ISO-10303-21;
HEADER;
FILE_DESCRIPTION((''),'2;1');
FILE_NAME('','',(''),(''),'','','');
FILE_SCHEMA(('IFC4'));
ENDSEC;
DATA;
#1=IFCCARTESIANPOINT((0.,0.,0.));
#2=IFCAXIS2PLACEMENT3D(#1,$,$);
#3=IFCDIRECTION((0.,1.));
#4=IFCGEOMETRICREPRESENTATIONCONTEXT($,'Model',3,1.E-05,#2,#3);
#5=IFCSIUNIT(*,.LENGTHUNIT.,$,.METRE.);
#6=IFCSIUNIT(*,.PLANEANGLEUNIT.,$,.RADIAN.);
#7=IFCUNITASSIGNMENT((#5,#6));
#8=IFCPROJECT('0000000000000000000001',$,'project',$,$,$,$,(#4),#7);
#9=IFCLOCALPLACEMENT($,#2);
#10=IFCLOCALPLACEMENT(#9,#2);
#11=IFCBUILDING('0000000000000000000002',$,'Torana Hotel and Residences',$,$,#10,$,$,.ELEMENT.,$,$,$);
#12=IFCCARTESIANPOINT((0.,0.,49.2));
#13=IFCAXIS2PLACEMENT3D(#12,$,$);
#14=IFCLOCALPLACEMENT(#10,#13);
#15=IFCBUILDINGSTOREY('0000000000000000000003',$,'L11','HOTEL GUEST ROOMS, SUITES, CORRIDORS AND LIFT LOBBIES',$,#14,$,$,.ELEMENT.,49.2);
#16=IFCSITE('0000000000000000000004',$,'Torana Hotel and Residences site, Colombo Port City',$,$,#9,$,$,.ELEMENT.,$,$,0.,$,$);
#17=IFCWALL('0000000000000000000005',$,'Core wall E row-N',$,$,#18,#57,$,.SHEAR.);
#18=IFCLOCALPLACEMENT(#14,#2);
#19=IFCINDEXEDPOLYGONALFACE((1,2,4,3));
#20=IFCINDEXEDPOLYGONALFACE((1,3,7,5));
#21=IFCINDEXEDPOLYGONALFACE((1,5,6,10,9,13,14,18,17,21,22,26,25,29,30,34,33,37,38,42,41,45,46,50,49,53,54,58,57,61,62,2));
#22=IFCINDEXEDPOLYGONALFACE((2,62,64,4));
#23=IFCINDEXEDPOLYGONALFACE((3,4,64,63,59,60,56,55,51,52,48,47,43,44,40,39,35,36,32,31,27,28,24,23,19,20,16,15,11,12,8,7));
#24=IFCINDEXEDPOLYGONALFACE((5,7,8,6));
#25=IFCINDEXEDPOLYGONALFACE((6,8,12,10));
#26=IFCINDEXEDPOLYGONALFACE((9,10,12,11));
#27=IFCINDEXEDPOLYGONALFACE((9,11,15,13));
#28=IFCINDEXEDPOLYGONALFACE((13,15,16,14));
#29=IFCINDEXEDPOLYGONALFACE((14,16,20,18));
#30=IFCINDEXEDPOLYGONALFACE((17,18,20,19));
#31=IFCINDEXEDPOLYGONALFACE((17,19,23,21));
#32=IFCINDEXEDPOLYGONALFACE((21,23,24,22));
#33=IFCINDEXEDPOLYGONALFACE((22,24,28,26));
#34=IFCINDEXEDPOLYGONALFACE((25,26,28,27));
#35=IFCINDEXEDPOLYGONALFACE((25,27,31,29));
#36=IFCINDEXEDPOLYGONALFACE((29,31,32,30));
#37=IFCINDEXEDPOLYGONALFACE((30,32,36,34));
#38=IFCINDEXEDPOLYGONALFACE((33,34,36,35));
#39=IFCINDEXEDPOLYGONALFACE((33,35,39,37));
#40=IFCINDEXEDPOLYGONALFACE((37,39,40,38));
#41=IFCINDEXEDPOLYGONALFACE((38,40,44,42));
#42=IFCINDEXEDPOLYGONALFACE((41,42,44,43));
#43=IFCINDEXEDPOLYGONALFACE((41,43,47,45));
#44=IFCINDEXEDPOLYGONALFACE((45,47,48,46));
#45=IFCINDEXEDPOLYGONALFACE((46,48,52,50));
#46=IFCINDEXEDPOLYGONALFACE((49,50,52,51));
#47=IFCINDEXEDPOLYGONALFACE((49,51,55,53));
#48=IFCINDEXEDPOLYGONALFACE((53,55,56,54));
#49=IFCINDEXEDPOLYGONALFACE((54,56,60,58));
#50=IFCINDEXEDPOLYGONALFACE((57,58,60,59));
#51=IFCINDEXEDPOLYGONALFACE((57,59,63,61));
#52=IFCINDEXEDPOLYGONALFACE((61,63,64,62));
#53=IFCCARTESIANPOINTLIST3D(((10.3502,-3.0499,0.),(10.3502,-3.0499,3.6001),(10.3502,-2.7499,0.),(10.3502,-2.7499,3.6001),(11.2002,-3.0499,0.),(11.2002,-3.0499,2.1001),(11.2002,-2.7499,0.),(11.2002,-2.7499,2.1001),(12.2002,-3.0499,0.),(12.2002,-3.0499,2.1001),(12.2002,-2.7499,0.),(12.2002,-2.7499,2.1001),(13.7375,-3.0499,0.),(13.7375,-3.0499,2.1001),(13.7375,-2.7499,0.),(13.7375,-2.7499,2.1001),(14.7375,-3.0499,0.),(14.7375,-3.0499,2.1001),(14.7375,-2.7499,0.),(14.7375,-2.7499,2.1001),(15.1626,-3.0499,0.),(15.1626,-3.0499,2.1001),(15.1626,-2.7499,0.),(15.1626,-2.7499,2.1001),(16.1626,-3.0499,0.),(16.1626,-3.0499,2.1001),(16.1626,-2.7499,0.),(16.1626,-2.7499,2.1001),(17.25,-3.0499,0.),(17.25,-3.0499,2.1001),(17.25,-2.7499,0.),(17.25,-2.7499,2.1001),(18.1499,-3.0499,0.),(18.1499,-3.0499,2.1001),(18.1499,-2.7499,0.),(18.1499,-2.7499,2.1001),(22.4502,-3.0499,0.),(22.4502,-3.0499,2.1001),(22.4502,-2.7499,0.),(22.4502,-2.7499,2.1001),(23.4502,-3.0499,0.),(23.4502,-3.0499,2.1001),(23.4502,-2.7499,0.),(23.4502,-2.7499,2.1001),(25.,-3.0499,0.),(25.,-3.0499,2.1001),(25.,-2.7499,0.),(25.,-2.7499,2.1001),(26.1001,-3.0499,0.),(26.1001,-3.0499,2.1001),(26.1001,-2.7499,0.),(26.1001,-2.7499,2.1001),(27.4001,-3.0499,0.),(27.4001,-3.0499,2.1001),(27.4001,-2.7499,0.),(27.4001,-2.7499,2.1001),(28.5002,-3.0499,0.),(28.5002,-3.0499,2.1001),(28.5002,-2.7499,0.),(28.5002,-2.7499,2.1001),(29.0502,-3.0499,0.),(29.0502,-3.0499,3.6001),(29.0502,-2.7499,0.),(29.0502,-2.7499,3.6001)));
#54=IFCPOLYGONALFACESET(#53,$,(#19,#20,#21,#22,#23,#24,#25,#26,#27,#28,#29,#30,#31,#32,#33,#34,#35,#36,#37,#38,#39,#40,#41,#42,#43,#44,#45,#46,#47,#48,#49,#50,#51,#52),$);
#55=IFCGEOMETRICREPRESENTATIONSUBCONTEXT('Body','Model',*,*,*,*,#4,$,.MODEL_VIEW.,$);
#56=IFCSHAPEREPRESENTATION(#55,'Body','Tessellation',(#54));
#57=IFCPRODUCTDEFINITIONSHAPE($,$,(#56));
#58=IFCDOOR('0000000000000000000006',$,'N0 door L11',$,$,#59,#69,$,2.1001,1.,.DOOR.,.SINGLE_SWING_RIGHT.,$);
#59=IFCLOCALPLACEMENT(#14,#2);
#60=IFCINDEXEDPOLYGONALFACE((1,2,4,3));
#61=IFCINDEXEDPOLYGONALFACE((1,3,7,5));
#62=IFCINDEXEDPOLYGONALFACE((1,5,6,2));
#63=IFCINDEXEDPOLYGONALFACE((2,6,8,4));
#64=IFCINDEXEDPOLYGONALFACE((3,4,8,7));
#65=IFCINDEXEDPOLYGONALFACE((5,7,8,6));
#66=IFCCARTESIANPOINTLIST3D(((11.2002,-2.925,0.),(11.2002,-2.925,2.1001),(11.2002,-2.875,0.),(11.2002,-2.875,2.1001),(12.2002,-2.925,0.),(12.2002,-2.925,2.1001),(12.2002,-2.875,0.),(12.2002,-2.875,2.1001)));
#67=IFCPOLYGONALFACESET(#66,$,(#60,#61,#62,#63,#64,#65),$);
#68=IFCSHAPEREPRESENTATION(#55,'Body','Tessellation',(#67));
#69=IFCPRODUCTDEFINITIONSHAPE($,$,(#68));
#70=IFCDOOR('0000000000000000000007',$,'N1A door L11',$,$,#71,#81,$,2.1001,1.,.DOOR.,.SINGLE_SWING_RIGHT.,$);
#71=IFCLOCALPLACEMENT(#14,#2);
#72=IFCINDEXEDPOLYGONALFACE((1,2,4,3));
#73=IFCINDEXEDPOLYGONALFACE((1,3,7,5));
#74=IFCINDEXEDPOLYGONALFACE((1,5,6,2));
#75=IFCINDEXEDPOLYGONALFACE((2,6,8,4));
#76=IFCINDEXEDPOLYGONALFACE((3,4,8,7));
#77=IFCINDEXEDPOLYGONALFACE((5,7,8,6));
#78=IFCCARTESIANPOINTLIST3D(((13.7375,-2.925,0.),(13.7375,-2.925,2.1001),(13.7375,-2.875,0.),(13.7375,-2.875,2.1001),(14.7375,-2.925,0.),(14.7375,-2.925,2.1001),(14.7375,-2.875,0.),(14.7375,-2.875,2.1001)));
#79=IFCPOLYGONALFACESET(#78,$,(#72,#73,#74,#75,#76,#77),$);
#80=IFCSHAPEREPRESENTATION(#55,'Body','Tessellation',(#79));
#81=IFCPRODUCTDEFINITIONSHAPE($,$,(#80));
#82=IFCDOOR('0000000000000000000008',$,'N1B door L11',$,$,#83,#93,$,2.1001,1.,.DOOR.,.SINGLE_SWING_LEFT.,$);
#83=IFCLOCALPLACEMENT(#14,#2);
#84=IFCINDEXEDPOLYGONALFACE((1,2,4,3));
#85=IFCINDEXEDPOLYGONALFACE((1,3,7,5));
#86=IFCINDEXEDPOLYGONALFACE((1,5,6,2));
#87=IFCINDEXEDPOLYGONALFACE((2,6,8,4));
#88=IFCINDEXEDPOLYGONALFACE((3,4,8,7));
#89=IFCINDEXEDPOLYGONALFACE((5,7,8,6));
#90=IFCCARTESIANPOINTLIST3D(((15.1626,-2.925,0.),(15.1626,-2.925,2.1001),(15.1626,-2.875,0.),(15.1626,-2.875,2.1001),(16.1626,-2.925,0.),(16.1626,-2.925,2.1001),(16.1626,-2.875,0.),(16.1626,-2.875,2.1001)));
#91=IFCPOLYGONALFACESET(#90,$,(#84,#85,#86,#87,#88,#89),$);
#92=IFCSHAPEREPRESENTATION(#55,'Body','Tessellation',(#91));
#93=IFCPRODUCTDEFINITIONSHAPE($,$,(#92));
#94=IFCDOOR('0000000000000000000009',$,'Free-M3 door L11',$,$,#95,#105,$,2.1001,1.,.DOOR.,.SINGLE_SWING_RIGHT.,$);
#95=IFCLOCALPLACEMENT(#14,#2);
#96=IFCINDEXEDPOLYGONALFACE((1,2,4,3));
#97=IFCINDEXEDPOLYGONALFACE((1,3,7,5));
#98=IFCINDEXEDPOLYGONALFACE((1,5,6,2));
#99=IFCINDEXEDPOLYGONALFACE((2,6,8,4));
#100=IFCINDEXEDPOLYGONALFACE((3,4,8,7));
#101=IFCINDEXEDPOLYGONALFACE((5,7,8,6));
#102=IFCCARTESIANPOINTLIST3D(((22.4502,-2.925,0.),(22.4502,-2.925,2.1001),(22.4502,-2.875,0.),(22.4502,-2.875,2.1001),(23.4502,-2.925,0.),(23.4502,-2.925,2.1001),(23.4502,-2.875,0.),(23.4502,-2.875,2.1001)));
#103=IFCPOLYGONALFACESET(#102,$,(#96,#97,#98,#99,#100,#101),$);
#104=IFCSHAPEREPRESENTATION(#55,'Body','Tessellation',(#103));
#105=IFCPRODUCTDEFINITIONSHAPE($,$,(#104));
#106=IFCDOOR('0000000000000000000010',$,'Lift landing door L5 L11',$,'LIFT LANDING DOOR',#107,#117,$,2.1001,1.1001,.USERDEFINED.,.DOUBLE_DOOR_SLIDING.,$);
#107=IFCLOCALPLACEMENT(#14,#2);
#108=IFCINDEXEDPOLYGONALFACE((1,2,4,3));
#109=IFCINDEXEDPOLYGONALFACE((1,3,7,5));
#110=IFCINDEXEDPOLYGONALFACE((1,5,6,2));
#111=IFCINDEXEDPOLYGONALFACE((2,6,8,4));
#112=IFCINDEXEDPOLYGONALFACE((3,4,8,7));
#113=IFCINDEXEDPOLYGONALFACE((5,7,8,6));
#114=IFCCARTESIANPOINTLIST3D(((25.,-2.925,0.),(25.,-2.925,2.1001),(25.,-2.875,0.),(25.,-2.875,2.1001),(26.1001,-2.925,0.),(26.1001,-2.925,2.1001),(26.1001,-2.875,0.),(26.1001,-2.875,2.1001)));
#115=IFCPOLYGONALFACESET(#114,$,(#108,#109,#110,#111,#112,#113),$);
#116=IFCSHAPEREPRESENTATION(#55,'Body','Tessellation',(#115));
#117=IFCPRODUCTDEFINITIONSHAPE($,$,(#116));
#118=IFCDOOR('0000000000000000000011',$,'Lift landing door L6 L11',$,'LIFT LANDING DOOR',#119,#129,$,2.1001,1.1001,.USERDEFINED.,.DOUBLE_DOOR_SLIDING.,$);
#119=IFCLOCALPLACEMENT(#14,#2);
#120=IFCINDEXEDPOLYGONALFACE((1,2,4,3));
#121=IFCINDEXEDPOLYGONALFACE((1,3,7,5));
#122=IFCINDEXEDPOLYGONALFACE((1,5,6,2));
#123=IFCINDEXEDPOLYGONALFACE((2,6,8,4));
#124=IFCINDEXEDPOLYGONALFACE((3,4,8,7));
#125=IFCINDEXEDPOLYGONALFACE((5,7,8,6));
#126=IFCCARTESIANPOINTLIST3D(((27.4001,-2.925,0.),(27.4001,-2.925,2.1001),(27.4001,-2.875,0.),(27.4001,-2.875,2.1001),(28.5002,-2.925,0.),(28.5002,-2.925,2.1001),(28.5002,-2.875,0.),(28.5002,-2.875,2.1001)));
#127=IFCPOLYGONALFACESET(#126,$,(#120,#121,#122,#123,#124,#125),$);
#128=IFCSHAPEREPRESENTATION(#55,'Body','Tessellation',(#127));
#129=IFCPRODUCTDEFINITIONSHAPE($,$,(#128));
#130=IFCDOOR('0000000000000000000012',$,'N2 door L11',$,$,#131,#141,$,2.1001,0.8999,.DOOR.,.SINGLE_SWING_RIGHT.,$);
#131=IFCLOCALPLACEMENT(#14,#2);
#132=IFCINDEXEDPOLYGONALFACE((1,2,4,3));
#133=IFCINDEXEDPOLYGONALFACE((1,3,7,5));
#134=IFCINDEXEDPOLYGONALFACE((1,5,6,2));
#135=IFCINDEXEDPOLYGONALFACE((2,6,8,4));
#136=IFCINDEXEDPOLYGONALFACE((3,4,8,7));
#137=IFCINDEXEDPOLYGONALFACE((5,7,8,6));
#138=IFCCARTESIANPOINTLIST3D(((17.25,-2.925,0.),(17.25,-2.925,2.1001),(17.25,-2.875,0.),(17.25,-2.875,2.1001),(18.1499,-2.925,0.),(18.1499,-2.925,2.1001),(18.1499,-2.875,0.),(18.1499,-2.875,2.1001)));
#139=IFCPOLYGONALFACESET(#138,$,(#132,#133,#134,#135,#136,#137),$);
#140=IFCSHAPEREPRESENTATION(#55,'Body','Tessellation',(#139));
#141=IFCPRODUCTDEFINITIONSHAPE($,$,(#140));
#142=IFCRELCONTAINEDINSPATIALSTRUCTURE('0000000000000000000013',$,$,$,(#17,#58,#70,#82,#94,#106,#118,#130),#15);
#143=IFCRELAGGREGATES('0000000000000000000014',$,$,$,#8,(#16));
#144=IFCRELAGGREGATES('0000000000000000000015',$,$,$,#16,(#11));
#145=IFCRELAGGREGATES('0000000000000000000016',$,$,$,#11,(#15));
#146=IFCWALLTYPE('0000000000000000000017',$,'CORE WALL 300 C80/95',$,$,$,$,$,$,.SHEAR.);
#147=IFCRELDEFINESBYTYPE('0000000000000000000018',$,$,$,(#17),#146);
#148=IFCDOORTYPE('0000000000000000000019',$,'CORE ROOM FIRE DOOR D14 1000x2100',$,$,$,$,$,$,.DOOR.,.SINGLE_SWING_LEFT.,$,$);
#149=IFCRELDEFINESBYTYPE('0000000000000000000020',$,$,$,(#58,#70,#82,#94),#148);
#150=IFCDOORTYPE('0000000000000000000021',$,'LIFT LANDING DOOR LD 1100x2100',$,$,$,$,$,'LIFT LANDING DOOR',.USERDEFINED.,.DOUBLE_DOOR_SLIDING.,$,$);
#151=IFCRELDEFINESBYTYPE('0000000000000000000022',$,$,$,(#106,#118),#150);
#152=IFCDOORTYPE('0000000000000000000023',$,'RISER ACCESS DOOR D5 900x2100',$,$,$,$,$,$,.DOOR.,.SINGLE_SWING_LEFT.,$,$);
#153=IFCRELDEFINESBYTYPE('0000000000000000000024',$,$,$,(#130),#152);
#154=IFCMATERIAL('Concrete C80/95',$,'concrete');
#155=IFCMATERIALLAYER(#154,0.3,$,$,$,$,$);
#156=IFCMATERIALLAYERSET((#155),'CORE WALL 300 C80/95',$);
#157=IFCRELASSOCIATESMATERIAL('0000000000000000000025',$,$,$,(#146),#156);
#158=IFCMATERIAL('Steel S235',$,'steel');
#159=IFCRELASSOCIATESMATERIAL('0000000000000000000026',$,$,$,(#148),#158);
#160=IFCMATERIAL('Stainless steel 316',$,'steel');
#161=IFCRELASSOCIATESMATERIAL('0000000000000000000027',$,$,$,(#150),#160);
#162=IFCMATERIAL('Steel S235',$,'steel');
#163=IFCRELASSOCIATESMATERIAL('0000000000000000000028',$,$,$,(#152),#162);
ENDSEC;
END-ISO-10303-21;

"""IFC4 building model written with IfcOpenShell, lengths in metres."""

from ifc_helpers import new_model, si_unit, direction, frame, frame_2d, origin, place, context, subcontext, project, spatial, rectangle, extrude, material, layer, layer_set, type_object, element, fill, save


model = new_model("IFC4")

# Units and contexts
model_context = context("Model", 3, precision=1e-05, world=origin(), true_north=direction((0.0, 1.0)))
body_context = subcontext(model_context, "Body", "Model", "MODEL_VIEW")
ifc_project = project(units=[si_unit("LENGTHUNIT", "METRE"), si_unit("PLANEANGLEUNIT", "RADIAN")], contexts=[model_context])

# Site, building, storey
site_placement = place(None, origin())
site = spatial("IfcSite", under=ifc_project, at=site_placement, Name="Torana Hotel and Residences site, Colombo Port City", CompositionType="ELEMENT", RefElevation=0.0)
building_placement = place(site_placement, origin())
building = spatial("IfcBuilding", under=site, at=building_placement, Name="Torana Hotel and Residences", CompositionType="ELEMENT")
storey_placement = place(building_placement, frame((0.0, 0.0, 49.2)))
storey = spatial("IfcBuildingStorey", under=building, at=storey_placement, Name="L11", Description="HOTEL GUEST ROOMS, SUITES, CORRIDORS AND LIFT LOBBIES", CompositionType="ELEMENT", Elevation=49.2)

# Wall, openings, doors
ifc_material_1 = material(Name="Concrete C80/95", Category="concrete")
ifc_layer_1 = layer(ifc_material_1, 0.3)
ifc_layer_set_1 = layer_set([ifc_layer_1], Name="CORE WALL 300 C80/95")
wall_type_1 = type_object("IfcWallType", Name="CORE WALL 300 C80/95", PredefinedType="SHEAR", material=ifc_layer_set_1)
wall_1_placement = place(storey_placement, frame((10.3501, -2.8999, 0.0), z_axis=(0.0, 0.0, 1.0), x_axis=(1.0, 0.0, 0.0)))
wall_1 = element("IfcWall", 1, at=wall_1_placement, inside=storey, type_object=wall_type_1, Name="Core wall E row-N", PredefinedType="SHEAR", context=body_context, shape_type="SweptSolid", body=[
    extrude(rectangle(XDim=18.7, YDim=0.3, at=frame_2d((9.3501, 0.0))), origin(), (0.0, 0.0, 1.0), 3.6001),
])
opening_1_placement = place(wall_1_placement, frame((14.6499, 0.0, 0.0)))
opening_1 = element("IfcOpeningElement", 2, at=opening_1_placement, cuts=wall_1, PredefinedType="OPENING", context=body_context, shape_type="SweptSolid", body=[
    extrude(rectangle(XDim=1.1001, YDim=2.1001, at=frame_2d((0.55, 1.05))), frame((0.0, 0.1599, 0.0), z_axis=(0.0, -1.0, 0.0), x_axis=(1.0, 0.0, 0.0)), (0.0, 0.0, 1.0), 0.3201),
])
opening_2_placement = place(wall_1_placement, frame((17.05, 0.0, 0.0)))
opening_2 = element("IfcOpeningElement", 3, at=opening_2_placement, cuts=wall_1, PredefinedType="OPENING", context=body_context, shape_type="SweptSolid", body=[
    extrude(rectangle(XDim=1.1001, YDim=2.1001, at=frame_2d((0.55, 1.05))), frame((0.0, 0.1599, 0.0), z_axis=(0.0, -1.0, 0.0), x_axis=(1.0, 0.0, 0.0)), (0.0, 0.0, 1.0), 0.3201),
])
opening_3_placement = place(wall_1_placement, frame((6.8999, 0.0, 0.0)))
opening_3 = element("IfcOpeningElement", 4, at=opening_3_placement, cuts=wall_1, PredefinedType="OPENING", context=body_context, shape_type="SweptSolid", body=[
    extrude(rectangle(XDim=0.8999, YDim=2.1001, at=frame_2d((0.45, 1.05))), frame((0.0, 0.1599, 0.0), z_axis=(0.0, -1.0, 0.0), x_axis=(1.0, 0.0, 0.0)), (0.0, 0.0, 1.0), 0.3201),
])
opening_4_placement = place(wall_1_placement, frame((0.8501, 0.0, 0.0)))
opening_4 = element("IfcOpeningElement", 5, at=opening_4_placement, cuts=wall_1, PredefinedType="OPENING", context=body_context, shape_type="SweptSolid", body=[
    extrude(rectangle(XDim=1.0, YDim=2.1001, at=frame_2d((0.5, 1.05))), frame((0.0, 0.1599, 0.0), z_axis=(0.0, -1.0, 0.0), x_axis=(1.0, 0.0, 0.0)), (0.0, 0.0, 1.0), 0.3201),
])
opening_5_placement = place(wall_1_placement, frame((3.3875, 0.0, 0.0)))
opening_5 = element("IfcOpeningElement", 6, at=opening_5_placement, cuts=wall_1, PredefinedType="OPENING", context=body_context, shape_type="SweptSolid", body=[
    extrude(rectangle(XDim=1.0, YDim=2.1001, at=frame_2d((0.5, 1.05))), frame((0.0, 0.1599, 0.0), z_axis=(0.0, -1.0, 0.0), x_axis=(1.0, 0.0, 0.0)), (0.0, 0.0, 1.0), 0.3201),
])
opening_6_placement = place(wall_1_placement, frame((4.8125, 0.0, 0.0)))
opening_6 = element("IfcOpeningElement", 7, at=opening_6_placement, cuts=wall_1, PredefinedType="OPENING", context=body_context, shape_type="SweptSolid", body=[
    extrude(rectangle(XDim=1.0, YDim=2.1001, at=frame_2d((0.5, 1.05))), frame((0.0, 0.1599, 0.0), z_axis=(0.0, -1.0, 0.0), x_axis=(1.0, 0.0, 0.0)), (0.0, 0.0, 1.0), 0.3201),
])
opening_7_placement = place(wall_1_placement, frame((12.1001, 0.0, 0.0)))
opening_7 = element("IfcOpeningElement", 8, at=opening_7_placement, cuts=wall_1, PredefinedType="OPENING", context=body_context, shape_type="SweptSolid", body=[
    extrude(rectangle(XDim=1.0, YDim=2.1001, at=frame_2d((0.5, 1.05))), frame((0.0, 0.1599, 0.0), z_axis=(0.0, -1.0, 0.0), x_axis=(1.0, 0.0, 0.0)), (0.0, 0.0, 1.0), 0.3201),
])
ifc_material_2 = material(Name="Steel S235", Category="steel")
door_type_1 = type_object("IfcDoorType", Name="CORE ROOM FIRE DOOR D14 1000x2100", OperationType="SINGLE_SWING_LEFT", PredefinedType="DOOR", material=ifc_material_2)
door_1_placement = place(opening_4_placement, origin())
door_1 = element("IfcDoor", 9, at=door_1_placement, inside=storey, type_object=door_type_1, Name="N0 door L11", OperationType="SINGLE_SWING_RIGHT", OverallHeight=2.1001, OverallWidth=1.0, PredefinedType="DOOR", context=body_context, shape_type="SweptSolid", body=[
    extrude(rectangle(XDim=1.0, YDim=2.1001, at=frame_2d((0.5, 1.05))), frame((0.0, 0.0249, 0.0), z_axis=(0.0, -1.0, 0.0), x_axis=(1.0, 0.0, 0.0)), (0.0, 0.0, 1.0), 0.05),
])
fill(opening_4, door_1)
door_2_placement = place(opening_5_placement, origin())
door_2 = element("IfcDoor", 10, at=door_2_placement, inside=storey, type_object=door_type_1, Name="N1A door L11", OperationType="SINGLE_SWING_RIGHT", OverallHeight=2.1001, OverallWidth=1.0, PredefinedType="DOOR", context=body_context, shape_type="SweptSolid", body=[
    extrude(rectangle(XDim=1.0, YDim=2.1001, at=frame_2d((0.5, 1.05))), frame((0.0, 0.0249, 0.0), z_axis=(0.0, -1.0, 0.0), x_axis=(1.0, 0.0, 0.0)), (0.0, 0.0, 1.0), 0.05),
])
fill(opening_5, door_2)
door_3_placement = place(opening_6_placement, origin())
door_3 = element("IfcDoor", 11, at=door_3_placement, inside=storey, type_object=door_type_1, Name="N1B door L11", OperationType="SINGLE_SWING_LEFT", OverallHeight=2.1001, OverallWidth=1.0, PredefinedType="DOOR", context=body_context, shape_type="SweptSolid", body=[
    extrude(rectangle(XDim=1.0, YDim=2.1001, at=frame_2d((0.5, 1.05))), frame((0.0, 0.0249, 0.0), z_axis=(0.0, -1.0, 0.0), x_axis=(1.0, 0.0, 0.0)), (0.0, 0.0, 1.0), 0.05),
])
fill(opening_6, door_3)
door_4_placement = place(opening_7_placement, origin())
door_4 = element("IfcDoor", 12, at=door_4_placement, inside=storey, type_object=door_type_1, Name="Free-M3 door L11", OperationType="SINGLE_SWING_RIGHT", OverallHeight=2.1001, OverallWidth=1.0, PredefinedType="DOOR", context=body_context, shape_type="SweptSolid", body=[
    extrude(rectangle(XDim=1.0, YDim=2.1001, at=frame_2d((0.5, 1.05))), frame((0.0, 0.0249, 0.0), z_axis=(0.0, -1.0, 0.0), x_axis=(1.0, 0.0, 0.0)), (0.0, 0.0, 1.0), 0.05),
])
fill(opening_7, door_4)
ifc_material_3 = material(Name="Stainless steel 316", Category="steel")
door_type_2 = type_object("IfcDoorType", Name="LIFT LANDING DOOR LD 1100x2100", ElementType="LIFT LANDING DOOR", OperationType="DOUBLE_DOOR_SLIDING", PredefinedType="USERDEFINED", material=ifc_material_3)
door_5_placement = place(opening_1_placement, origin())
door_5 = element("IfcDoor", 13, at=door_5_placement, inside=storey, type_object=door_type_2, Name="Lift landing door L5 L11", ObjectType="LIFT LANDING DOOR", OperationType="DOUBLE_DOOR_SLIDING", OverallHeight=2.1001, OverallWidth=1.1001, PredefinedType="USERDEFINED", context=body_context, shape_type="SweptSolid", body=[
    extrude(rectangle(XDim=1.1001, YDim=2.1001, at=frame_2d((0.55, 1.05))), frame((0.0, 0.0249, 0.0), z_axis=(0.0, -1.0, 0.0), x_axis=(1.0, 0.0, 0.0)), (0.0, 0.0, 1.0), 0.05),
])
fill(opening_1, door_5)
door_6_placement = place(opening_2_placement, origin())
door_6 = element("IfcDoor", 14, at=door_6_placement, inside=storey, type_object=door_type_2, Name="Lift landing door L6 L11", ObjectType="LIFT LANDING DOOR", OperationType="DOUBLE_DOOR_SLIDING", OverallHeight=2.1001, OverallWidth=1.1001, PredefinedType="USERDEFINED", context=body_context, shape_type="SweptSolid", body=[
    extrude(rectangle(XDim=1.1001, YDim=2.1001, at=frame_2d((0.55, 1.05))), frame((0.0, 0.0249, 0.0), z_axis=(0.0, -1.0, 0.0), x_axis=(1.0, 0.0, 0.0)), (0.0, 0.0, 1.0), 0.05),
])
fill(opening_2, door_6)
ifc_material_4 = material(Name="Steel S235", Category="steel")
door_type_3 = type_object("IfcDoorType", Name="RISER ACCESS DOOR D5 900x2100", OperationType="SINGLE_SWING_LEFT", PredefinedType="DOOR", material=ifc_material_4)
door_7_placement = place(opening_3_placement, origin())
door_7 = element("IfcDoor", 15, at=door_7_placement, inside=storey, type_object=door_type_3, Name="N2 door L11", OperationType="SINGLE_SWING_RIGHT", OverallHeight=2.1001, OverallWidth=0.8999, PredefinedType="DOOR", context=body_context, shape_type="SweptSolid", body=[
    extrude(rectangle(XDim=0.8999, YDim=2.1001, at=frame_2d((0.45, 1.05))), frame((0.0, 0.0249, 0.0), z_axis=(0.0, -1.0, 0.0), x_axis=(1.0, 0.0, 0.0)), (0.0, 0.0, 1.0), 0.05),
])
fill(opening_3, door_7)

save(model, "model.ifc")
